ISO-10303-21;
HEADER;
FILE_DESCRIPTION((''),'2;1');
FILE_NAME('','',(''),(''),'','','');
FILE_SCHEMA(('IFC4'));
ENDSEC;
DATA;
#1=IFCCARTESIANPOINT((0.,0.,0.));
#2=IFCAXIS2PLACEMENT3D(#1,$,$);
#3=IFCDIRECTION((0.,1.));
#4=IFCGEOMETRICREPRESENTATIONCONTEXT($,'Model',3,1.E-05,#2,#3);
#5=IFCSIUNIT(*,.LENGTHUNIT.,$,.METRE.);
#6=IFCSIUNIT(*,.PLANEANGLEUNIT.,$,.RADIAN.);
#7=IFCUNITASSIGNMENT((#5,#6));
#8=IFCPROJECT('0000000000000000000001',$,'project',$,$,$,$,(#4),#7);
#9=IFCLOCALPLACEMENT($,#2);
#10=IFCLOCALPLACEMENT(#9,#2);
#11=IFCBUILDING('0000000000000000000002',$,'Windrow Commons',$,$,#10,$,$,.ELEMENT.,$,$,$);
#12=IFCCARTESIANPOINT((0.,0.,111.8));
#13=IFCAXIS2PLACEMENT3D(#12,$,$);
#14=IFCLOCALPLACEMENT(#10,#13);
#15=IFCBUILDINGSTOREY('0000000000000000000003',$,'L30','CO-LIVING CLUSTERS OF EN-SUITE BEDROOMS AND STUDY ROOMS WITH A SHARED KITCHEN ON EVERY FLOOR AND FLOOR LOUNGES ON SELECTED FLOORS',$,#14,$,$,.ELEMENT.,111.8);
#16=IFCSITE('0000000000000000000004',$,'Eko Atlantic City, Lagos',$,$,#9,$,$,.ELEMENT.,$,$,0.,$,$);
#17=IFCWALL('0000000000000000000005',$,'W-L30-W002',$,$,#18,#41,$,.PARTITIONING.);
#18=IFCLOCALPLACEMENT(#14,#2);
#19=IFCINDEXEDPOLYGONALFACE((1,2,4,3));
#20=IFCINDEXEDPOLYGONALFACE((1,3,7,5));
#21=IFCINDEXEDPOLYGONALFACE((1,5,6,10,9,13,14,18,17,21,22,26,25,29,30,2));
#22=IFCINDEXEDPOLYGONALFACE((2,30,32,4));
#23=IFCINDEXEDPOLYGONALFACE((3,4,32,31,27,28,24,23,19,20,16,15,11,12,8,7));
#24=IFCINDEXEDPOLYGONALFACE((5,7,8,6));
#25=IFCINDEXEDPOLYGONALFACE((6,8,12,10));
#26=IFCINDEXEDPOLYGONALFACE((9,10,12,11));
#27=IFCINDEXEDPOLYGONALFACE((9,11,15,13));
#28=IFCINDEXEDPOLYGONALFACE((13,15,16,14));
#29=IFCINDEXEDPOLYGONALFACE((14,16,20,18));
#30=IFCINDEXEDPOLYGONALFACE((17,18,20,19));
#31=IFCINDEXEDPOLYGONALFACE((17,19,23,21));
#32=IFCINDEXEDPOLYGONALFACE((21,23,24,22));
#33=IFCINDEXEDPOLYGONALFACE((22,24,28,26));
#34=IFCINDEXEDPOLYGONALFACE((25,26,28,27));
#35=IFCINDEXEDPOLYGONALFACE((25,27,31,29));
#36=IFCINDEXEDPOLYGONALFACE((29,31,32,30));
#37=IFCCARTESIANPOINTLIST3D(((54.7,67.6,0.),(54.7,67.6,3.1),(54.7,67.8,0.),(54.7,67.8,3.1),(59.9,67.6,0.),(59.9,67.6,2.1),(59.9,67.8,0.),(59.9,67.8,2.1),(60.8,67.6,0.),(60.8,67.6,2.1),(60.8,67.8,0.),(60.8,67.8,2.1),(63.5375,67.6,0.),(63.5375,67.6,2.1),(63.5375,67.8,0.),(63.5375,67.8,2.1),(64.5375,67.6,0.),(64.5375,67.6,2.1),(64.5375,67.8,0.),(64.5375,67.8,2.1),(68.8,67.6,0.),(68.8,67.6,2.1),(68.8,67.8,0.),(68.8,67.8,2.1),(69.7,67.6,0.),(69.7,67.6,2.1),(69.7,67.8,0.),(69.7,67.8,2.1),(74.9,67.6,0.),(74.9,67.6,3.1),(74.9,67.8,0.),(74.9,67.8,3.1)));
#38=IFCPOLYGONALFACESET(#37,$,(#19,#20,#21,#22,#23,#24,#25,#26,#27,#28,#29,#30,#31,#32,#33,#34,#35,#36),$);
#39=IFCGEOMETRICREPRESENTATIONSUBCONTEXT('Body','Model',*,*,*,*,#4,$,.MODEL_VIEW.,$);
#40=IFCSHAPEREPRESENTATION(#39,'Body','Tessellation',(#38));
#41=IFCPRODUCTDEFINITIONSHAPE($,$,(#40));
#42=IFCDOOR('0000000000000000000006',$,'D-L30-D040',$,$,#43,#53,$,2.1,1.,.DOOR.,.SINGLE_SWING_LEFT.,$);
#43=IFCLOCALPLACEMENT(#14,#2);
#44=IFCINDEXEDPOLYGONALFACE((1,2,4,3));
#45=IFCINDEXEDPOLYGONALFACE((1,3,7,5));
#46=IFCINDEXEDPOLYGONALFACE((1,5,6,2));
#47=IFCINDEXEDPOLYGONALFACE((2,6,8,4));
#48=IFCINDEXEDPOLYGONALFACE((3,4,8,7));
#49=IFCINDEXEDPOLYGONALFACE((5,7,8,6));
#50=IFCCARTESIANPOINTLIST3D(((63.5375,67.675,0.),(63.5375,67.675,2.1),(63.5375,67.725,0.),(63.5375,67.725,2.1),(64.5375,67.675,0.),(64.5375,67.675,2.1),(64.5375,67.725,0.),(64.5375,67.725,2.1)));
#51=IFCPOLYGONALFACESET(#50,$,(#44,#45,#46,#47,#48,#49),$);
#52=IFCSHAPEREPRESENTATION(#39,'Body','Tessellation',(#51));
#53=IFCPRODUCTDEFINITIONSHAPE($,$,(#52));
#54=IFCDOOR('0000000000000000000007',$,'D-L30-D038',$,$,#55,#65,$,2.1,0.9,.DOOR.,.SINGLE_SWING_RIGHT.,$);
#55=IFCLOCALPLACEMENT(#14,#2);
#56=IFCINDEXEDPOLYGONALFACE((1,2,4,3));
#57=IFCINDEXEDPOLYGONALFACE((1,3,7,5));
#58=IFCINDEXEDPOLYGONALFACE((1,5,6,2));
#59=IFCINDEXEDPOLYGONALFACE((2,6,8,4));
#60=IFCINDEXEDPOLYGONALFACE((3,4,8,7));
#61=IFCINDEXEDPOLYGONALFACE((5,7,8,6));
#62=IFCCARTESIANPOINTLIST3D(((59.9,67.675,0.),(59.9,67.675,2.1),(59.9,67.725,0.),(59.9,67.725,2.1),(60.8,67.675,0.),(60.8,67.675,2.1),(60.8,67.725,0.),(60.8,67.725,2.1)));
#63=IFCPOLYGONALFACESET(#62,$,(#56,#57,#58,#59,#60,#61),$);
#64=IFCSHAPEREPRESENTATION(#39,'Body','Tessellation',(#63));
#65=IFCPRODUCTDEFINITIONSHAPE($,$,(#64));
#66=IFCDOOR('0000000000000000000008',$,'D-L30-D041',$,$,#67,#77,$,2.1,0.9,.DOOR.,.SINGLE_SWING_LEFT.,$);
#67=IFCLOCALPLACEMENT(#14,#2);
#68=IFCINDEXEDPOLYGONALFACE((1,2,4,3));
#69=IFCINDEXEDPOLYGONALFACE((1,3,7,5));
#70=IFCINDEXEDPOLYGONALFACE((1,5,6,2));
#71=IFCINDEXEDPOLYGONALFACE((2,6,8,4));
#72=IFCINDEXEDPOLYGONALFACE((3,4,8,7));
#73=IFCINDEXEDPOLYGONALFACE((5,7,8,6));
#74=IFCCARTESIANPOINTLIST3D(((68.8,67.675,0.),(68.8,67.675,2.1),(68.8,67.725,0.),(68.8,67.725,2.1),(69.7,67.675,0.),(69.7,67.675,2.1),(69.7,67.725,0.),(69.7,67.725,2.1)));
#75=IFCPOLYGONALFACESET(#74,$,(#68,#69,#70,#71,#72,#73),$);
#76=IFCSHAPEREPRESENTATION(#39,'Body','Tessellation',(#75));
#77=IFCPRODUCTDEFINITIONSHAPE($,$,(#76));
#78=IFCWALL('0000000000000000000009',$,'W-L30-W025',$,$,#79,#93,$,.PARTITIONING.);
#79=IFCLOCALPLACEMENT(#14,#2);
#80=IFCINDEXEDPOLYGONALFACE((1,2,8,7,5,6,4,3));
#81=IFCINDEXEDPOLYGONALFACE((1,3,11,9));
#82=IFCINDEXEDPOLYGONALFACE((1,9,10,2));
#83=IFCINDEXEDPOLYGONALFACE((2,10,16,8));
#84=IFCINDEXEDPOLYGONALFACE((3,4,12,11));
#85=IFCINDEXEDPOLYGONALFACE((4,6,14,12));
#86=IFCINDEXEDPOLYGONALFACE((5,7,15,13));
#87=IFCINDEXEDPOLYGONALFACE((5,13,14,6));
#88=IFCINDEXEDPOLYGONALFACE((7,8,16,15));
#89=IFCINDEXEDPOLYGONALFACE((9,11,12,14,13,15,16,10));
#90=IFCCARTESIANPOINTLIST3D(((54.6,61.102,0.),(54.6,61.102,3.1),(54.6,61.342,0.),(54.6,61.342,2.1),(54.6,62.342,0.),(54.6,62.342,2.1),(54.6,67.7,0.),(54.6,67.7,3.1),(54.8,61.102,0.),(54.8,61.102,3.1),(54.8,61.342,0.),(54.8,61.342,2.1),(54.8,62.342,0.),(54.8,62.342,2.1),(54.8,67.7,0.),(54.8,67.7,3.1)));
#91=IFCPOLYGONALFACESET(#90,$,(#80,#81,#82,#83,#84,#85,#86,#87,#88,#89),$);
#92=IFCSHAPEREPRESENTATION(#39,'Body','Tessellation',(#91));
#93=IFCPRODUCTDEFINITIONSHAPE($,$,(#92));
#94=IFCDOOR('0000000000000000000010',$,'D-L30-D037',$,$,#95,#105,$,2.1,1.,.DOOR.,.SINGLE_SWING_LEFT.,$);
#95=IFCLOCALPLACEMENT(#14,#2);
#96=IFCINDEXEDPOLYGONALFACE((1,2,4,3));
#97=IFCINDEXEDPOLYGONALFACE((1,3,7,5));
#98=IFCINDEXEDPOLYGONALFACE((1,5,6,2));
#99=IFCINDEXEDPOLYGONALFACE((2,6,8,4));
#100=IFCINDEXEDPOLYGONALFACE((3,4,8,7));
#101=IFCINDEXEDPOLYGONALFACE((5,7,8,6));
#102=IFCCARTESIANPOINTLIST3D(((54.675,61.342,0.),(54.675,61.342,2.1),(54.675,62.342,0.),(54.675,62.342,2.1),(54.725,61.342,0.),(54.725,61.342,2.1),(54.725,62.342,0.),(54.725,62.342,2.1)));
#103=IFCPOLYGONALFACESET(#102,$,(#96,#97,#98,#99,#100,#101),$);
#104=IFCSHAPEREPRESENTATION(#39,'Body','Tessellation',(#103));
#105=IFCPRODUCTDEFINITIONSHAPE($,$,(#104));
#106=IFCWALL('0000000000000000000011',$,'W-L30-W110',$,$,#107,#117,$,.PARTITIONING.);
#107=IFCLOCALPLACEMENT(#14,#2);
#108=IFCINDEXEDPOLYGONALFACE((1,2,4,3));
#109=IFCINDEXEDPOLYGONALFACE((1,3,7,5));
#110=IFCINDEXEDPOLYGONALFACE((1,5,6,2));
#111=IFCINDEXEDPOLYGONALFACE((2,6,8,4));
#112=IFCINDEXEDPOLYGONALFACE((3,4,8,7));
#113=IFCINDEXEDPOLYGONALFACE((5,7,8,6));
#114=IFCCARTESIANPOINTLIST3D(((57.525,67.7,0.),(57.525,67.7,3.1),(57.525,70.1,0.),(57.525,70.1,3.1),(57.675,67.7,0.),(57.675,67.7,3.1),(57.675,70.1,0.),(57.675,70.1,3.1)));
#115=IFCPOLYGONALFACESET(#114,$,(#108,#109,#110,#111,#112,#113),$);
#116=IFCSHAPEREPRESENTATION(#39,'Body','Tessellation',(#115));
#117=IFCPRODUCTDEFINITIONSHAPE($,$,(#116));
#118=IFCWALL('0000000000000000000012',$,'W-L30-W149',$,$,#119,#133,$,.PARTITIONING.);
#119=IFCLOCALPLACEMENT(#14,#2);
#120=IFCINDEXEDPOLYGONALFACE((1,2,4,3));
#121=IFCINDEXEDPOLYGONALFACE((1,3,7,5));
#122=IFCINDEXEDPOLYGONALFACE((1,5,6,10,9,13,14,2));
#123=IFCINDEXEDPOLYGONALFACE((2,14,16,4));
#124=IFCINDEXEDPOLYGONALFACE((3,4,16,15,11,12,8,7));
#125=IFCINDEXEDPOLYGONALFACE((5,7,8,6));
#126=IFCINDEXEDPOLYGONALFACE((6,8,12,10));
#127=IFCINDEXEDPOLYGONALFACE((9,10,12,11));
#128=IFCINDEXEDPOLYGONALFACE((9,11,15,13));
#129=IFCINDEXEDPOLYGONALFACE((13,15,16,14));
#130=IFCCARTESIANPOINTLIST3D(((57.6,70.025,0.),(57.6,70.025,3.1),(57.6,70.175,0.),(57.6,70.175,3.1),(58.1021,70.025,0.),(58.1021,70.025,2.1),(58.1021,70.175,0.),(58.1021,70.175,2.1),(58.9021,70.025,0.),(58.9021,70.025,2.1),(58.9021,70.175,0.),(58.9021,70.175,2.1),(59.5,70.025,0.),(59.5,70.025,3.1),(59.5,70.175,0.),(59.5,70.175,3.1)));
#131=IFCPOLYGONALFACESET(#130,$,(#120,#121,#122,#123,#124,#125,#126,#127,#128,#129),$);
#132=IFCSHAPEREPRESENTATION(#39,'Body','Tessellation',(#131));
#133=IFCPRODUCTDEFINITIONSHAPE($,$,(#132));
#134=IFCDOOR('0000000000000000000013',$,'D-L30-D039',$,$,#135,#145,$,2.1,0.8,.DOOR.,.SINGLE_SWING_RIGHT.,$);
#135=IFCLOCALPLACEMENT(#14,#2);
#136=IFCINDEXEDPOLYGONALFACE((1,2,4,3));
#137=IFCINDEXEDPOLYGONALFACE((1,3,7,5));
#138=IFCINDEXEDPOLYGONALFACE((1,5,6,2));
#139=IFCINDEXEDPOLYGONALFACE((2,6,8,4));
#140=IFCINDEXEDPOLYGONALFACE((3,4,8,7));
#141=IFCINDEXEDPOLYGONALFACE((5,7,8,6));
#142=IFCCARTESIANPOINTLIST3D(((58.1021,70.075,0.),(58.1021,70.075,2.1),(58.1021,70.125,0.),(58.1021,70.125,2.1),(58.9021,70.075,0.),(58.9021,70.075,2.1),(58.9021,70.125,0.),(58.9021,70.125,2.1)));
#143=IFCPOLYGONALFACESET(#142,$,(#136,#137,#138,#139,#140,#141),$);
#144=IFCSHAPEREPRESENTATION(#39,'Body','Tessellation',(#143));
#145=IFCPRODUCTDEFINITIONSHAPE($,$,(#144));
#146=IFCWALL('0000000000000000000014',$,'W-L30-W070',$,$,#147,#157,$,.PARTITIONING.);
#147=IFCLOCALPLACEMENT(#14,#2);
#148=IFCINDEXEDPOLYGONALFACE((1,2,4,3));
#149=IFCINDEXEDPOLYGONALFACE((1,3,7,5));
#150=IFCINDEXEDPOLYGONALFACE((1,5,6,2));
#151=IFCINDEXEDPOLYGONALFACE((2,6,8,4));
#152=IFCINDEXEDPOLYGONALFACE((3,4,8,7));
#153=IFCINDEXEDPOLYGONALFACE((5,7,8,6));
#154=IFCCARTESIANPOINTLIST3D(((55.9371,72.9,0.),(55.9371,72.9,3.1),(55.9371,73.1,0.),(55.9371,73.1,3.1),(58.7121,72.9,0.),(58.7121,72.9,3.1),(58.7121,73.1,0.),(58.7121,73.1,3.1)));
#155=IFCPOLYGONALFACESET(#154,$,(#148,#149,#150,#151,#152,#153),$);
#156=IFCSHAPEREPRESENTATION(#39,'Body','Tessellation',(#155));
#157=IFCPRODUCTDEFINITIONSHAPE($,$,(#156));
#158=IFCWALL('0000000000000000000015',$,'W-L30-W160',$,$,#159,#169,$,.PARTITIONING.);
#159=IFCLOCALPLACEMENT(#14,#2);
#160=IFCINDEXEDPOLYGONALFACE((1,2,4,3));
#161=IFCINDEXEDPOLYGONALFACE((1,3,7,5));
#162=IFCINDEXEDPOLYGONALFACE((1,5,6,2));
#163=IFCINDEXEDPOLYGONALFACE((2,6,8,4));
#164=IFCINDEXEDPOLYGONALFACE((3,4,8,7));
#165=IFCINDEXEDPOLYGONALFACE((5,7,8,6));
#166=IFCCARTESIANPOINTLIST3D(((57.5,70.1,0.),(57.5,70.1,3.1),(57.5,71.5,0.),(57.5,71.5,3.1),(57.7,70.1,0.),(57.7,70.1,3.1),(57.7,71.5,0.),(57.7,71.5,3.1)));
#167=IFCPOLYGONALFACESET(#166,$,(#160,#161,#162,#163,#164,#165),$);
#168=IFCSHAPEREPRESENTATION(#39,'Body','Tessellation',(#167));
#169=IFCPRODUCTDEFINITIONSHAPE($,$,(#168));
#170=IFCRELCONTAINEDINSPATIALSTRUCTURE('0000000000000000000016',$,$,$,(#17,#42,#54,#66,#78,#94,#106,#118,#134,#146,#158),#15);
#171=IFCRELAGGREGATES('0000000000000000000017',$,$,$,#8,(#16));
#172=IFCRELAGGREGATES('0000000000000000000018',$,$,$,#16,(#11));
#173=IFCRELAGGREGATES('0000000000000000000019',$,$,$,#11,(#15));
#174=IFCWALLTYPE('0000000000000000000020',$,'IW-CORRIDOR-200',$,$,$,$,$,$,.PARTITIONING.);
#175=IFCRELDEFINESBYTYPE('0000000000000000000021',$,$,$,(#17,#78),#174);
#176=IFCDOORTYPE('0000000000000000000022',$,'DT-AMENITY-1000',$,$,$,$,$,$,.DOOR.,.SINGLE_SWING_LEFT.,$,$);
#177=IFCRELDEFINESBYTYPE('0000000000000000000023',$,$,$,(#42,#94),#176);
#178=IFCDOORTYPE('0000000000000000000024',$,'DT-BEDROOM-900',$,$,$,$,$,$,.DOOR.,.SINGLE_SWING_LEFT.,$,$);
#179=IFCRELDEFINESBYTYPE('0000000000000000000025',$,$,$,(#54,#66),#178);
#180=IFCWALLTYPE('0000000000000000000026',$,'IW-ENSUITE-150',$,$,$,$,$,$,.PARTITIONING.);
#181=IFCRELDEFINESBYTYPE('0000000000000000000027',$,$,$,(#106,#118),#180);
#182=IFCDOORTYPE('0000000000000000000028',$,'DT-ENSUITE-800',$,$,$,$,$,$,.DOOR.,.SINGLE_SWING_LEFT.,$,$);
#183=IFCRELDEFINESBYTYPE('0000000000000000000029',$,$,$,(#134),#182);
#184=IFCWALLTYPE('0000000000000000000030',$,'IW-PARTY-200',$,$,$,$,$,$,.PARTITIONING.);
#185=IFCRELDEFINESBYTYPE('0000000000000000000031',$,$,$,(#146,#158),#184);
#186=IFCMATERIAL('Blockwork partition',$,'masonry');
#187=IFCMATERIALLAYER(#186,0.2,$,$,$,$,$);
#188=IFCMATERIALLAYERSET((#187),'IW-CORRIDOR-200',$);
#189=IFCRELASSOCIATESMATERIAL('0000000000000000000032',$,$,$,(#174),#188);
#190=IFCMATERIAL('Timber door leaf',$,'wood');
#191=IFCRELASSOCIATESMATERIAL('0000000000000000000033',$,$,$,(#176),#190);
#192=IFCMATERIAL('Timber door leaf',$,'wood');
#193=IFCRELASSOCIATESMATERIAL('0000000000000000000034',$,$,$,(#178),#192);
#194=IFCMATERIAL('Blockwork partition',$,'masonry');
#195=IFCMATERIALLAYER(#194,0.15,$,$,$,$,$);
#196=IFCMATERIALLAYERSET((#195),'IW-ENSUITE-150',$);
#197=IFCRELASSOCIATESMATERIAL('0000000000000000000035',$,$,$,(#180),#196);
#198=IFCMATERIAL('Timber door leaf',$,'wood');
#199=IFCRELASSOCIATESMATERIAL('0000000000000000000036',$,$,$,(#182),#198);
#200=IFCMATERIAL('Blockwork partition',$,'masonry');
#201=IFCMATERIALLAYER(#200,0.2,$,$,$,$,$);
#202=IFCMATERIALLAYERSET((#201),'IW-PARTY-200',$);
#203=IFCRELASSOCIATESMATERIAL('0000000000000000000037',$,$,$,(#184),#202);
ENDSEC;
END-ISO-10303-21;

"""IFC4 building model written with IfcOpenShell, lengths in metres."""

from ifc_helpers import new_model, si_unit, direction, frame, frame_2d, origin, place, context, subcontext, project, spatial, rectangle, extrude, material, layer, layer_set, type_object, element, fill, save


model = new_model("IFC4")

# Units and contexts
model_context = context("Model", 3, precision=1e-05, world=origin(), true_north=direction((0.0, 1.0)))
body_context = subcontext(model_context, "Body", "Model", "MODEL_VIEW")
ifc_project = project(units=[si_unit("LENGTHUNIT", "METRE"), si_unit("PLANEANGLEUNIT", "RADIAN")], contexts=[model_context])

# Site, building, storey
site_placement = place(None, origin())
site = spatial("IfcSite", under=ifc_project, at=site_placement, Name="Eko Atlantic City, Lagos", CompositionType="ELEMENT", RefElevation=0.0)
building_placement = place(site_placement, origin())
building = spatial("IfcBuilding", under=site, at=building_placement, Name="Windrow Commons", CompositionType="ELEMENT")
storey_placement = place(building_placement, frame((0.0, 0.0, 111.8)))
storey = spatial("IfcBuildingStorey", under=building, at=storey_placement, Name="L30", Description="CO-LIVING CLUSTERS OF EN-SUITE BEDROOMS AND STUDY ROOMS WITH A SHARED KITCHEN ON EVERY FLOOR AND FLOOR LOUNGES ON SELECTED FLOORS", CompositionType="ELEMENT", Elevation=111.8)

# Wall, openings, doors
ifc_material_1 = material(Name="Blockwork partition", Category="masonry")
ifc_layer_1 = layer(ifc_material_1, 0.2)
ifc_layer_set_1 = layer_set([ifc_layer_1], Name="IW-CORRIDOR-200")
wall_type_1 = type_object("IfcWallType", Name="IW-CORRIDOR-200", PredefinedType="PARTITIONING", material=ifc_layer_set_1)
wall_1_placement = place(storey_placement, frame((54.7, 67.7, 0.0), z_axis=(0.0, 0.0, 1.0), x_axis=(1.0, 0.0, 0.0)))
wall_1 = element("IfcWall", 1, at=wall_1_placement, inside=storey, type_object=wall_type_1, Name="W-L30-W002", PredefinedType="PARTITIONING", context=body_context, shape_type="SweptSolid", body=[
    extrude(rectangle(XDim=20.2, YDim=0.2, at=frame_2d((10.1, 0.0))), origin(), (0.0, 0.0, 1.0), 3.1),
])
opening_1_placement = place(wall_1_placement, frame((5.2, 0.0, 0.0)))
opening_1 = element("IfcOpeningElement", 2, at=opening_1_placement, cuts=wall_1, PredefinedType="OPENING", context=body_context, shape_type="SweptSolid", body=[
    extrude(rectangle(XDim=0.9, YDim=2.1, at=frame_2d((0.45, 1.05))), frame((0.0, 0.11, 0.0), z_axis=(0.0, -1.0, 0.0), x_axis=(1.0, 0.0, 0.0)), (0.0, 0.0, 1.0), 0.22),
])
opening_2_placement = place(wall_1_placement, frame((8.8375, 0.0, 0.0)))
opening_2 = element("IfcOpeningElement", 3, at=opening_2_placement, cuts=wall_1, PredefinedType="OPENING", context=body_context, shape_type="SweptSolid", body=[
    extrude(rectangle(XDim=1.0, YDim=2.1, at=frame_2d((0.5, 1.05))), frame((0.0, 0.11, 0.0), z_axis=(0.0, -1.0, 0.0), x_axis=(1.0, 0.0, 0.0)), (0.0, 0.0, 1.0), 0.22),
])
opening_3_placement = place(wall_1_placement, frame((14.1, 0.0, 0.0)))
opening_3 = element("IfcOpeningElement", 4, at=opening_3_placement, cuts=wall_1, PredefinedType="OPENING", context=body_context, shape_type="SweptSolid", body=[
    extrude(rectangle(XDim=0.9, YDim=2.1, at=frame_2d((0.45, 1.05))), frame((0.0, 0.11, 0.0), z_axis=(0.0, -1.0, 0.0), x_axis=(1.0, 0.0, 0.0)), (0.0, 0.0, 1.0), 0.22),
])
ifc_material_2 = material(Name="Timber door leaf", Category="wood")
door_type_1 = type_object("IfcDoorType", Name="DT-AMENITY-1000", OperationType="SINGLE_SWING_LEFT", PredefinedType="DOOR", material=ifc_material_2)
door_1_placement = place(opening_2_placement, origin())
door_1 = element("IfcDoor", 5, at=door_1_placement, inside=storey, type_object=door_type_1, Name="D-L30-D040", OperationType="SINGLE_SWING_LEFT", OverallHeight=2.1, OverallWidth=1.0, PredefinedType="DOOR", context=body_context, shape_type="SweptSolid", body=[
    extrude(rectangle(XDim=1.0, YDim=2.1, at=frame_2d((0.5, 1.05))), frame((0.0, 0.025, 0.0), z_axis=(0.0, -1.0, 0.0), x_axis=(1.0, 0.0, 0.0)), (0.0, 0.0, 1.0), 0.05),
])
fill(opening_2, door_1)
ifc_material_3 = material(Name="Timber door leaf", Category="wood")
door_type_2 = type_object("IfcDoorType", Name="DT-BEDROOM-900", OperationType="SINGLE_SWING_LEFT", PredefinedType="DOOR", material=ifc_material_3)
door_2_placement = place(opening_1_placement, origin())
door_2 = element("IfcDoor", 6, at=door_2_placement, inside=storey, type_object=door_type_2, Name="D-L30-D038", OperationType="SINGLE_SWING_RIGHT", OverallHeight=2.1, OverallWidth=0.9, PredefinedType="DOOR", context=body_context, shape_type="SweptSolid", body=[
    extrude(rectangle(XDim=0.9, YDim=2.1, at=frame_2d((0.45, 1.05))), frame((0.0, 0.025, 0.0), z_axis=(0.0, -1.0, 0.0), x_axis=(1.0, 0.0, 0.0)), (0.0, 0.0, 1.0), 0.05),
])
fill(opening_1, door_2)
door_3_placement = place(opening_3_placement, origin())
door_3 = element("IfcDoor", 7, at=door_3_placement, inside=storey, type_object=door_type_2, Name="D-L30-D041", OperationType="SINGLE_SWING_LEFT", OverallHeight=2.1, OverallWidth=0.9, PredefinedType="DOOR", context=body_context, shape_type="SweptSolid", body=[
    extrude(rectangle(XDim=0.9, YDim=2.1, at=frame_2d((0.45, 1.05))), frame((0.0, 0.025, 0.0), z_axis=(0.0, -1.0, 0.0), x_axis=(1.0, 0.0, 0.0)), (0.0, 0.0, 1.0), 0.05),
])
fill(opening_3, door_3)

# Wall, opening, door
wall_2_placement = place(storey_placement, frame((54.7, 61.102, 0.0), z_axis=(0.0, 0.0, 1.0), x_axis=(0.0, 1.0, 0.0)))
wall_2 = element("IfcWall", 8, at=wall_2_placement, inside=storey, type_object=wall_type_1, Name="W-L30-W025", PredefinedType="PARTITIONING", context=body_context, shape_type="SweptSolid", body=[
    extrude(rectangle(XDim=6.598, YDim=0.2, at=frame_2d((3.299, 0.0))), origin(), (0.0, 0.0, 1.0), 3.1),
])
opening_4_placement = place(wall_2_placement, frame((0.24, 0.0, 0.0)))
opening_4 = element("IfcOpeningElement", 9, at=opening_4_placement, cuts=wall_2, PredefinedType="OPENING", context=body_context, shape_type="SweptSolid", body=[
    extrude(rectangle(XDim=1.0, YDim=2.1, at=frame_2d((0.5, 1.05))), frame((0.0, 0.11, 0.0), z_axis=(0.0, -1.0, 0.0), x_axis=(1.0, 0.0, 0.0)), (0.0, 0.0, 1.0), 0.22),
])
door_4_placement = place(opening_4_placement, origin())
door_4 = element("IfcDoor", 10, at=door_4_placement, inside=storey, type_object=door_type_1, Name="D-L30-D037", OperationType="SINGLE_SWING_LEFT", OverallHeight=2.1, OverallWidth=1.0, PredefinedType="DOOR", context=body_context, shape_type="SweptSolid", body=[
    extrude(rectangle(XDim=1.0, YDim=2.1, at=frame_2d((0.5, 1.05))), frame((0.0, 0.025, 0.0), z_axis=(0.0, -1.0, 0.0), x_axis=(1.0, 0.0, 0.0)), (0.0, 0.0, 1.0), 0.05),
])
fill(opening_4, door_4)

# Wall
ifc_material_4 = material(Name="Blockwork partition", Category="masonry")
ifc_layer_2 = layer(ifc_material_4, 0.15)
ifc_layer_set_2 = layer_set([ifc_layer_2], Name="IW-ENSUITE-150")
wall_type_2 = type_object("IfcWallType", Name="IW-ENSUITE-150", PredefinedType="PARTITIONING", material=ifc_layer_set_2)
wall_3_placement = place(storey_placement, frame((57.6, 67.7, 0.0), z_axis=(0.0, 0.0, 1.0), x_axis=(0.0, 1.0, 0.0)))
element("IfcWall", 11, at=wall_3_placement, inside=storey, type_object=wall_type_2, Name="W-L30-W110", PredefinedType="PARTITIONING", context=body_context, shape_type="SweptSolid", body=[
    extrude(rectangle(XDim=2.4, YDim=0.15, at=frame_2d((1.2, 0.0))), origin(), (0.0, 0.0, 1.0), 3.1),
])

# Wall, opening, door
wall_4_placement = place(storey_placement, frame((57.6, 70.1, 0.0), z_axis=(0.0, 0.0, 1.0), x_axis=(1.0, 0.0, 0.0)))
wall_4 = element("IfcWall", 12, at=wall_4_placement, inside=storey, type_object=wall_type_2, Name="W-L30-W149", PredefinedType="PARTITIONING", context=body_context, shape_type="SweptSolid", body=[
    extrude(rectangle(XDim=1.9, YDim=0.15, at=frame_2d((0.95, 0.0))), origin(), (0.0, 0.0, 1.0), 3.1),
])
opening_5_placement = place(wall_4_placement, frame((0.5021, 0.0, 0.0)))
opening_5 = element("IfcOpeningElement", 13, at=opening_5_placement, cuts=wall_4, PredefinedType="OPENING", context=body_context, shape_type="SweptSolid", body=[
    extrude(rectangle(XDim=0.8, YDim=2.1, at=frame_2d((0.4, 1.05))), frame((0.0, 0.085, 0.0), z_axis=(0.0, -1.0, 0.0), x_axis=(1.0, 0.0, 0.0)), (0.0, 0.0, 1.0), 0.17),
])
ifc_material_5 = material(Name="Timber door leaf", Category="wood")
door_type_3 = type_object("IfcDoorType", Name="DT-ENSUITE-800", OperationType="SINGLE_SWING_LEFT", PredefinedType="DOOR", material=ifc_material_5)
door_5_placement = place(opening_5_placement, origin())
door_5 = element("IfcDoor", 14, at=door_5_placement, inside=storey, type_object=door_type_3, Name="D-L30-D039", OperationType="SINGLE_SWING_RIGHT", OverallHeight=2.1, OverallWidth=0.8, PredefinedType="DOOR", context=body_context, shape_type="SweptSolid", body=[
    extrude(rectangle(XDim=0.8, YDim=2.1, at=frame_2d((0.4, 1.05))), frame((0.0, 0.025, 0.0), z_axis=(0.0, -1.0, 0.0), x_axis=(1.0, 0.0, 0.0)), (0.0, 0.0, 1.0), 0.05),
])
fill(opening_5, door_5)

# Walls
ifc_material_6 = material(Name="Blockwork partition", Category="masonry")
ifc_layer_3 = layer(ifc_material_6, 0.2)
ifc_layer_set_3 = layer_set([ifc_layer_3], Name="IW-PARTY-200")
wall_type_3 = type_object("IfcWallType", Name="IW-PARTY-200", PredefinedType="PARTITIONING", material=ifc_layer_set_3)
wall_5_placement = place(storey_placement, frame((55.9371, 73.0, 0.0), z_axis=(0.0, 0.0, 1.0), x_axis=(1.0, 0.0, 0.0)))
element("IfcWall", 15, at=wall_5_placement, inside=storey, type_object=wall_type_3, Name="W-L30-W070", PredefinedType="PARTITIONING", context=body_context, shape_type="SweptSolid", body=[
    extrude(rectangle(XDim=2.775, YDim=0.2, at=frame_2d((1.3875, 0.0))), origin(), (0.0, 0.0, 1.0), 3.1),
])
wall_6_placement = place(storey_placement, frame((57.6, 70.1, 0.0), z_axis=(0.0, 0.0, 1.0), x_axis=(0.0, 1.0, 0.0)))
element("IfcWall", 16, at=wall_6_placement, inside=storey, type_object=wall_type_3, Name="W-L30-W160", PredefinedType="PARTITIONING", context=body_context, shape_type="SweptSolid", body=[
    extrude(rectangle(XDim=1.4, YDim=0.2, at=frame_2d((0.7, 0.0))), origin(), (0.0, 0.0, 1.0), 3.1),
])

save(model, "model.ifc")
